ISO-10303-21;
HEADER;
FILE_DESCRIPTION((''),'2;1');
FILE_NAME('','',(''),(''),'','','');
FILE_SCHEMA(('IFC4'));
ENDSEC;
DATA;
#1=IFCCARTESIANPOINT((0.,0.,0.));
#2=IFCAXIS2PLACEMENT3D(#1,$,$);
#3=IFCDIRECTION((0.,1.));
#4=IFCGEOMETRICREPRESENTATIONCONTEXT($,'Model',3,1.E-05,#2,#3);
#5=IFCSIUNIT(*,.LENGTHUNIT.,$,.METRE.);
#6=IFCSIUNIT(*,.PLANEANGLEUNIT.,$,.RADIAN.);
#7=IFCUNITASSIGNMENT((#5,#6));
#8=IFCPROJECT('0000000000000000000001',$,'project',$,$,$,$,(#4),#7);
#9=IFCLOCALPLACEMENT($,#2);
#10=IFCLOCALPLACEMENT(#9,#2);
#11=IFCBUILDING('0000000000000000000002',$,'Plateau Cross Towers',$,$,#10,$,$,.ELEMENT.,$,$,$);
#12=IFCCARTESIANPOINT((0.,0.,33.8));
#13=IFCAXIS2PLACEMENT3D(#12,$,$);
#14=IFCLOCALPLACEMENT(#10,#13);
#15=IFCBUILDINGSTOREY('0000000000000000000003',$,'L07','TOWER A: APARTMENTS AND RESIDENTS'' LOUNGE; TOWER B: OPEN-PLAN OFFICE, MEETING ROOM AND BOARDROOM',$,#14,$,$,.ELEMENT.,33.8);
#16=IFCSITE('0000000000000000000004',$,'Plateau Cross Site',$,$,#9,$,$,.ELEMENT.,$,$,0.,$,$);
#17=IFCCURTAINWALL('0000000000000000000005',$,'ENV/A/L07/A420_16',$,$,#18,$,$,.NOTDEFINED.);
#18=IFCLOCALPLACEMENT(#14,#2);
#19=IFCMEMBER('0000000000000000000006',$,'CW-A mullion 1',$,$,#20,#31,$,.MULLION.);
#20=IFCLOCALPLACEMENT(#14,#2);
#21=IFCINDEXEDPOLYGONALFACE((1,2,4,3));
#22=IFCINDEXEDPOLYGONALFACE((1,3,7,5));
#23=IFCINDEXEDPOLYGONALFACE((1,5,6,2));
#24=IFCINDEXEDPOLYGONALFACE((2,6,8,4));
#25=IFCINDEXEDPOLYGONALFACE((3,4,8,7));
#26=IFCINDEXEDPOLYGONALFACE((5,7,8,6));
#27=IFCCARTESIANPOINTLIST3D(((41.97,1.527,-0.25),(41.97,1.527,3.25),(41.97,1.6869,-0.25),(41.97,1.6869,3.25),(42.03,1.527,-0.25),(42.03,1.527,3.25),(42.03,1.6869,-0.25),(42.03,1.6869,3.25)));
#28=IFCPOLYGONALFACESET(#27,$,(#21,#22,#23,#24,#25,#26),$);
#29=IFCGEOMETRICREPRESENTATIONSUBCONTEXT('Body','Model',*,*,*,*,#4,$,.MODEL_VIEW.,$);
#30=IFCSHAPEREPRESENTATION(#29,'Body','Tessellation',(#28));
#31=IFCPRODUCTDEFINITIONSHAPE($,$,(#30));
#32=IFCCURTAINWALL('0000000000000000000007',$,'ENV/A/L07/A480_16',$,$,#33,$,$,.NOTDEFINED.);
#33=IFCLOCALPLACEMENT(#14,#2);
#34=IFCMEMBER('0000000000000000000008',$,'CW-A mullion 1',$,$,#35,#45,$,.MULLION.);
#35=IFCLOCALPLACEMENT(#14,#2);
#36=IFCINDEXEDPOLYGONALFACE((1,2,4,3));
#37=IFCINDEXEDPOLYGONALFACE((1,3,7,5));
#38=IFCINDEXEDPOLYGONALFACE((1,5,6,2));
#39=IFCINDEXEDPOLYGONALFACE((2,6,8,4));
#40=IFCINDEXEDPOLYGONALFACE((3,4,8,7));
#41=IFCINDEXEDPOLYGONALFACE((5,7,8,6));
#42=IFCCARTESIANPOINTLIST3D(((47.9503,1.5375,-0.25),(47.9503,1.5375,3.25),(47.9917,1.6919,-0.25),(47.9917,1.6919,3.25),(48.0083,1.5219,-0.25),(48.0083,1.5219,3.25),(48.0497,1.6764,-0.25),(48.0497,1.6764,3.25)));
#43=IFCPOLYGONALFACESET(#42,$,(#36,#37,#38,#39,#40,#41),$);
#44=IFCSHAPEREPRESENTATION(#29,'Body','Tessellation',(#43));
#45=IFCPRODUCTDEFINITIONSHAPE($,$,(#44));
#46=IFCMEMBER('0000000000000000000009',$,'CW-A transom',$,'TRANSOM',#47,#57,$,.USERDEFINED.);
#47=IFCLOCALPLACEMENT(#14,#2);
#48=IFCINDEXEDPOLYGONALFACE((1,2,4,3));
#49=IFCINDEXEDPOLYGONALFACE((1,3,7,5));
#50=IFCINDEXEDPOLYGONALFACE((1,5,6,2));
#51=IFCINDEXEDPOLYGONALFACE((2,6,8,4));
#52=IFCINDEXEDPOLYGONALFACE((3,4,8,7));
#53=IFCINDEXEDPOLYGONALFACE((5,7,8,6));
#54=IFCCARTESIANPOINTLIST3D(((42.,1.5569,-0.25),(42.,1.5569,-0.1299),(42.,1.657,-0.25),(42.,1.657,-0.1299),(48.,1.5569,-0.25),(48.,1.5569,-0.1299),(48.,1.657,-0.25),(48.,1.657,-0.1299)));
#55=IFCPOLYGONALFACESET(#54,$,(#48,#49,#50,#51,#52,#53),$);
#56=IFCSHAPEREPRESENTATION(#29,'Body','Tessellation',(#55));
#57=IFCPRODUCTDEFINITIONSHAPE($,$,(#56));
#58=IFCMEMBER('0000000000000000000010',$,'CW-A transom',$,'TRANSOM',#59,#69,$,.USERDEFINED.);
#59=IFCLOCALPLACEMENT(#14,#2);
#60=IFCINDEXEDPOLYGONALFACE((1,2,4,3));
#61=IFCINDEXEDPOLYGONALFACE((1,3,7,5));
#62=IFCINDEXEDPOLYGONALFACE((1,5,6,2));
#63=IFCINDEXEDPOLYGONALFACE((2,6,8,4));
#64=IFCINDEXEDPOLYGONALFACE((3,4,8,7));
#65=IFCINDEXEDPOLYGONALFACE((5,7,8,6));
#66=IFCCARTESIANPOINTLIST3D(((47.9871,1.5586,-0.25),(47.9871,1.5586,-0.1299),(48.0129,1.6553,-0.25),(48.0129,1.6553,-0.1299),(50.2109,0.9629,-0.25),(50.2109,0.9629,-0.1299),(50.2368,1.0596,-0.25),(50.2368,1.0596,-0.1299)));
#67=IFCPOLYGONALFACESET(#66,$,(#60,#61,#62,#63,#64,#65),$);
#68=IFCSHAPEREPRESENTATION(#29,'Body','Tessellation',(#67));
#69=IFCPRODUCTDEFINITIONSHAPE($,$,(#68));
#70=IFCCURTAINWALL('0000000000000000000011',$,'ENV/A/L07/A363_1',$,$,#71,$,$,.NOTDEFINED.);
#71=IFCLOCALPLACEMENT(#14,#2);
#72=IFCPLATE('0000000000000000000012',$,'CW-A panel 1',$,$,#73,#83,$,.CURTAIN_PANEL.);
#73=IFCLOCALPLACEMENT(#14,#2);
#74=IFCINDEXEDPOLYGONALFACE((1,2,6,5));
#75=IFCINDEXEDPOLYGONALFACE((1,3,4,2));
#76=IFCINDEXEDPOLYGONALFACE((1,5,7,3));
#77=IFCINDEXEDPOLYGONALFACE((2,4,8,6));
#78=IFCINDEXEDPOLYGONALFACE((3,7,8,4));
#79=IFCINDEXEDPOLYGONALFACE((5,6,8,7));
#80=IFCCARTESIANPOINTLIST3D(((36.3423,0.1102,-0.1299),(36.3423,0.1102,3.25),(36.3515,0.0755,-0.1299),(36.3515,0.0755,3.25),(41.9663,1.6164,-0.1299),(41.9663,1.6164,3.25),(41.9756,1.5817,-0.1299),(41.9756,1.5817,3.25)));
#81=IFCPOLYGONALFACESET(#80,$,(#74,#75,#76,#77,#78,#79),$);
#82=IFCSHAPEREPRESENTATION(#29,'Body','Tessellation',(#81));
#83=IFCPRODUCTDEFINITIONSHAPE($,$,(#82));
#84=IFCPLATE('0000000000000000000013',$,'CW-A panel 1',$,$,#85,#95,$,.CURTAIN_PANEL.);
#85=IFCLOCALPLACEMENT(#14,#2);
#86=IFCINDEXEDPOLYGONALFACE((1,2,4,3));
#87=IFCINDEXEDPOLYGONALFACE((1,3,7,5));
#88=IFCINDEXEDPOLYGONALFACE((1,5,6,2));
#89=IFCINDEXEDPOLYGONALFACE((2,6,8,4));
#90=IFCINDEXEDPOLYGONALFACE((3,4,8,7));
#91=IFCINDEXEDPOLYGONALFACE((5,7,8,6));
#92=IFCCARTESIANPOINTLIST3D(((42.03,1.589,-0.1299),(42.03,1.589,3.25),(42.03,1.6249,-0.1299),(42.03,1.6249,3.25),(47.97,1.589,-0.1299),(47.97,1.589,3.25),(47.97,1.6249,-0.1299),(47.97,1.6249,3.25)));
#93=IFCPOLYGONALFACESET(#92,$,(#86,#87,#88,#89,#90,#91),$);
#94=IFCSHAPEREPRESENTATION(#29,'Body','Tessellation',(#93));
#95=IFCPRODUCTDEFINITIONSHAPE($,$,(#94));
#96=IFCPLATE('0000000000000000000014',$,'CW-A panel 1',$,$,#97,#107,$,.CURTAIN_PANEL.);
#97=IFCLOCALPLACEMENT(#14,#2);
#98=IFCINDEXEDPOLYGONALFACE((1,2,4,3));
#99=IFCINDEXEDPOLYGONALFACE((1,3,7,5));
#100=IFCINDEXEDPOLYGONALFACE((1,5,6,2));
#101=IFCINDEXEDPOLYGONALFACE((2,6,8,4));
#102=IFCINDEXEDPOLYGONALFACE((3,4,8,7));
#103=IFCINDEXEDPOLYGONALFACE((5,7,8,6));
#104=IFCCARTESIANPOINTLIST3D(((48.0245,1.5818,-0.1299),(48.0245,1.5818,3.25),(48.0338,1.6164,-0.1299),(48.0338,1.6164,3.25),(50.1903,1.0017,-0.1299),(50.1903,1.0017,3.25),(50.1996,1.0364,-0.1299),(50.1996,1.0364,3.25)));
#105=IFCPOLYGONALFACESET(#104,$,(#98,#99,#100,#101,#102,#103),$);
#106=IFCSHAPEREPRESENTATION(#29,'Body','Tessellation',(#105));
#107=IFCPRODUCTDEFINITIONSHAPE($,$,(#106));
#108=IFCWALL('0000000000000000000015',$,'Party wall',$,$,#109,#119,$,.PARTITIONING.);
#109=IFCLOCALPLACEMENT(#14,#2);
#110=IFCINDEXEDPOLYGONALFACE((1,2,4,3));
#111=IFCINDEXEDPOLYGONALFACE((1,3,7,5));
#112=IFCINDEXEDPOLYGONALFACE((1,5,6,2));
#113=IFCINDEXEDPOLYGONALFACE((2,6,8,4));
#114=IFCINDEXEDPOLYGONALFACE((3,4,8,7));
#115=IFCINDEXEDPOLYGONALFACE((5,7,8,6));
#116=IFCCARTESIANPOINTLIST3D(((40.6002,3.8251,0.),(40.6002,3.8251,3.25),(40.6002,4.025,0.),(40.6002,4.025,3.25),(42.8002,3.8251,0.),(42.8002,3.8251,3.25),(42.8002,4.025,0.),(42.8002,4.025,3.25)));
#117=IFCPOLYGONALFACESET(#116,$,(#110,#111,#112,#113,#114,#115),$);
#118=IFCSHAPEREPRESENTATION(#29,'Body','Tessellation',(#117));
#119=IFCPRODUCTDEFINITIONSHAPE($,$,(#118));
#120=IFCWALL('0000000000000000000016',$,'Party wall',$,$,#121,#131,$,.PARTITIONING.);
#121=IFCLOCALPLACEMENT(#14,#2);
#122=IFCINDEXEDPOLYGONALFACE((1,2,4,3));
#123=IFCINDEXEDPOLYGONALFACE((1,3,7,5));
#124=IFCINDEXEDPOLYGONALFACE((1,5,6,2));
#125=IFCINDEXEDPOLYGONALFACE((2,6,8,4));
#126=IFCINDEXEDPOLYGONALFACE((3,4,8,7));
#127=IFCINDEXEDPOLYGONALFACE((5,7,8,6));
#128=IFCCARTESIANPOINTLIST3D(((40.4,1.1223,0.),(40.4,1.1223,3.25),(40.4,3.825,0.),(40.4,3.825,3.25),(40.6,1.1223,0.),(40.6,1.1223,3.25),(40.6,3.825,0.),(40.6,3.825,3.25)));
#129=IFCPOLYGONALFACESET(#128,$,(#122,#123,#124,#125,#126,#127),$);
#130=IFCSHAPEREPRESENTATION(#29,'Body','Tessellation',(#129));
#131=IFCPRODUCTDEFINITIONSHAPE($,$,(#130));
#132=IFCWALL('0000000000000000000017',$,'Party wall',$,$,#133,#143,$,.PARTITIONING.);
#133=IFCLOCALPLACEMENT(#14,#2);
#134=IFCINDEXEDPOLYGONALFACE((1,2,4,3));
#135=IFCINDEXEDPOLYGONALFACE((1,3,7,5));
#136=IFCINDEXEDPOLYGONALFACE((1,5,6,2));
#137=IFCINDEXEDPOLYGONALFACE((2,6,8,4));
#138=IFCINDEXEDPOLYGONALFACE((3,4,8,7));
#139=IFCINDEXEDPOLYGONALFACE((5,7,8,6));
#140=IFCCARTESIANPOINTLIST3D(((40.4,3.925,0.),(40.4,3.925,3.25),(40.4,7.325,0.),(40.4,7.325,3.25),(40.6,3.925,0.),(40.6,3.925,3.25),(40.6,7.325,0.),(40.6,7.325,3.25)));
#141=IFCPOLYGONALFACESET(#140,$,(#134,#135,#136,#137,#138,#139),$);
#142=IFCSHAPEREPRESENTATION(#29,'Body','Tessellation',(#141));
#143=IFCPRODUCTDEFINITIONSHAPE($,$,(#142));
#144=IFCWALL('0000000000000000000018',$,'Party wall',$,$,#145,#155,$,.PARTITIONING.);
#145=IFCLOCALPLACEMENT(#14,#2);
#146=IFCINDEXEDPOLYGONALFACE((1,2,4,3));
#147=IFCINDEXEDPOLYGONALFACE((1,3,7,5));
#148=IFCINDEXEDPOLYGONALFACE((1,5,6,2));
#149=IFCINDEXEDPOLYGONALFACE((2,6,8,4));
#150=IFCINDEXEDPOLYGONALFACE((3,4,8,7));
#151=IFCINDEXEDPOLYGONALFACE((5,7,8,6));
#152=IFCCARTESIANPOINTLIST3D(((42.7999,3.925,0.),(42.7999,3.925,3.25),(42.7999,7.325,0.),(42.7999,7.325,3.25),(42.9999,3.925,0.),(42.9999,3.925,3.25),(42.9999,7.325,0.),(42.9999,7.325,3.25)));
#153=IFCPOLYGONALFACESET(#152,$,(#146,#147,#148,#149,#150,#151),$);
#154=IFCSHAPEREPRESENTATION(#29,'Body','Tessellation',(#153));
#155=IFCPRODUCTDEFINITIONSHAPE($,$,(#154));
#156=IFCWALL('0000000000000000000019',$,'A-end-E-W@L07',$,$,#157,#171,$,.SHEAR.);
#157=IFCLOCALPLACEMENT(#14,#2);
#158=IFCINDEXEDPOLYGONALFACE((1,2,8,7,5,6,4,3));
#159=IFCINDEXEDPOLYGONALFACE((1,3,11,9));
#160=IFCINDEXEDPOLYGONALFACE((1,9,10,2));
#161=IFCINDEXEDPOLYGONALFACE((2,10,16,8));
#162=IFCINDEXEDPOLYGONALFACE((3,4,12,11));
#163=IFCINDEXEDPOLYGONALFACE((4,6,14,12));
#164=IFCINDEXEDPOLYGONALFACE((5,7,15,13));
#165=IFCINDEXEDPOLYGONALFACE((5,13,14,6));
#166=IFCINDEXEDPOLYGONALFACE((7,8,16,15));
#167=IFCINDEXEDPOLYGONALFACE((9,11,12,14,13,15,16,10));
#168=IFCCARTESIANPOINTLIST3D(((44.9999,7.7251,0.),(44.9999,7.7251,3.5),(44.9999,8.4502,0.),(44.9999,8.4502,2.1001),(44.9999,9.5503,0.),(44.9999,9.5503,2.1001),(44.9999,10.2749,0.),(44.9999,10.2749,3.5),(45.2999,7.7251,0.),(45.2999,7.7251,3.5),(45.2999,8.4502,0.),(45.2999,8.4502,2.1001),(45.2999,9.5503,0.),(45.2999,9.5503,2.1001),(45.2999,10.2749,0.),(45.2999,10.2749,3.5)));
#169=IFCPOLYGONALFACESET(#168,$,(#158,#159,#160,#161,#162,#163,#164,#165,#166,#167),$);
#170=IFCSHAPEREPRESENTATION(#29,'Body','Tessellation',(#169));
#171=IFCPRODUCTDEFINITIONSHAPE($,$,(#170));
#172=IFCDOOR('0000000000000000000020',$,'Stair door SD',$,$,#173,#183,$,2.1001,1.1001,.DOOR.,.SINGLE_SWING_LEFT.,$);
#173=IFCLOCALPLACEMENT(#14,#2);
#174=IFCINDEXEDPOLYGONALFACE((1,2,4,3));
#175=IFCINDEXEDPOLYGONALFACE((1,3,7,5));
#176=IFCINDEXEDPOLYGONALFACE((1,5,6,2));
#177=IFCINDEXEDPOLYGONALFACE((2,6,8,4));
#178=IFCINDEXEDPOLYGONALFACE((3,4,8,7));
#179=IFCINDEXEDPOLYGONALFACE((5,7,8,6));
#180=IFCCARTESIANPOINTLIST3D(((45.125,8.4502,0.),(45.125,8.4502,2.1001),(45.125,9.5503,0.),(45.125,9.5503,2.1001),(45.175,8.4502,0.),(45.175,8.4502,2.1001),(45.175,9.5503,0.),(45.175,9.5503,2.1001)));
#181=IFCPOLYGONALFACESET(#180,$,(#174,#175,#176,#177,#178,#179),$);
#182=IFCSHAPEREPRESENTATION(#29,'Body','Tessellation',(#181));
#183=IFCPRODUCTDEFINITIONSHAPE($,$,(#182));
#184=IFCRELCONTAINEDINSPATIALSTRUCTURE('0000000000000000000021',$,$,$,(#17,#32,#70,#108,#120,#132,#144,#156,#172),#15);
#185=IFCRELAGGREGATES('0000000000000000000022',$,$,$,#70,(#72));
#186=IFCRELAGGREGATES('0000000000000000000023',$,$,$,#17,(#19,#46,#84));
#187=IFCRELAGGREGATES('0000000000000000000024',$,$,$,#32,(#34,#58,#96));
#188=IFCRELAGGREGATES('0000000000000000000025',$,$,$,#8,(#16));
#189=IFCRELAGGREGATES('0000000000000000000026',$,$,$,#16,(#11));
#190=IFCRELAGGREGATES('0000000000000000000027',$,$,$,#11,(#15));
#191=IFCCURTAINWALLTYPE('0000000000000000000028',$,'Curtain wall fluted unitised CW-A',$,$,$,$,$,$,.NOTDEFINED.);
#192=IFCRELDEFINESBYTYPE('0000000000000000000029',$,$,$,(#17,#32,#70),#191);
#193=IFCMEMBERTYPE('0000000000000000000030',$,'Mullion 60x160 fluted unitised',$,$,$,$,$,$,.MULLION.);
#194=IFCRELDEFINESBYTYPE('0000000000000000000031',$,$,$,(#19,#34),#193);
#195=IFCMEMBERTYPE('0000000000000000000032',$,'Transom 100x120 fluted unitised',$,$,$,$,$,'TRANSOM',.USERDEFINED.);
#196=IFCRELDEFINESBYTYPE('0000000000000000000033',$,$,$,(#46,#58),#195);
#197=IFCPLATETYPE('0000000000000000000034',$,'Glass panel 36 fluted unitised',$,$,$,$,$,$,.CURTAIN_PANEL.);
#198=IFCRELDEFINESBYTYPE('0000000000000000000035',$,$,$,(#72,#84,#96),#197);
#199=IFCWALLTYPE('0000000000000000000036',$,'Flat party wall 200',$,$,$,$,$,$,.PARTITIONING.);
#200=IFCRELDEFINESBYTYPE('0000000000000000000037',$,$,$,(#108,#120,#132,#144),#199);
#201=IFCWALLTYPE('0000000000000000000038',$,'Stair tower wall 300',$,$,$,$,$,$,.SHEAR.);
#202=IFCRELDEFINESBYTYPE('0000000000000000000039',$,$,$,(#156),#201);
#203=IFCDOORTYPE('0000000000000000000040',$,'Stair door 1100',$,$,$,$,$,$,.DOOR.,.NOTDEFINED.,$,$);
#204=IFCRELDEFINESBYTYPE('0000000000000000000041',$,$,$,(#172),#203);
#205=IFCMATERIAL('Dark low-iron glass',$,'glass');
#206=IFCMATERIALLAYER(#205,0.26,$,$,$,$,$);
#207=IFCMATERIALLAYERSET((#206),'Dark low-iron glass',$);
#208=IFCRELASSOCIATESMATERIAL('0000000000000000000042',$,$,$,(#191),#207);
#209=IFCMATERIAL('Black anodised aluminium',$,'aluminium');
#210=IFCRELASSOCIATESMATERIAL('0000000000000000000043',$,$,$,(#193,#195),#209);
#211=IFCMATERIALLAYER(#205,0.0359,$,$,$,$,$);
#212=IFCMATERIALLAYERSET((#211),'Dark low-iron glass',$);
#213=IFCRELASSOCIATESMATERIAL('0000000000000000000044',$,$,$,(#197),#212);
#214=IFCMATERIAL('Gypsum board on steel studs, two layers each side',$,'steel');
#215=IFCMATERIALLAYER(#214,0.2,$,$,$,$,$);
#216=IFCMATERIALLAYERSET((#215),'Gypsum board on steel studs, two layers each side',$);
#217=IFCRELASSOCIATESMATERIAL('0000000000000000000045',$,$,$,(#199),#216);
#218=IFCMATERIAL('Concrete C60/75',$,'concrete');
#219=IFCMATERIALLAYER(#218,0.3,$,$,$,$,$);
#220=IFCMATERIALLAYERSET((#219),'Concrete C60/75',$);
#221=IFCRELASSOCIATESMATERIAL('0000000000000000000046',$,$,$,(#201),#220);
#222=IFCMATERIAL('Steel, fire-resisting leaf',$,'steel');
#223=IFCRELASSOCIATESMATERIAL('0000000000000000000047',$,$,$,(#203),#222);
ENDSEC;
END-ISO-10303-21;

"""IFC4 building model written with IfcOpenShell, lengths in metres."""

from ifc_helpers import new_model, si_unit, direction, frame, frame_2d, origin, origin_2d, place, context, subcontext, project, spatial, rectangle, extrude, material, layer, layer_set, material_profile, profile_set, type_object, element, fill, aggregate, save


model = new_model("IFC4")

# Units and contexts
model_context = context("Model", 3, precision=1e-05, world=origin(), true_north=direction((0.0, 1.0)))
body_context = subcontext(model_context, "Body", "Model", "MODEL_VIEW")
ifc_project = project(units=[si_unit("LENGTHUNIT", "METRE"), si_unit("PLANEANGLEUNIT", "RADIAN")], contexts=[model_context])

# Site, building, storey
site_placement = place(None, origin())
site = spatial("IfcSite", under=ifc_project, at=site_placement, Name="Plateau Cross Site", CompositionType="ELEMENT", RefElevation=0.0)
building_placement = place(site_placement, origin())
building = spatial("IfcBuilding", under=site, at=building_placement, Name="Plateau Cross Towers", CompositionType="ELEMENT")
storey_placement = place(building_placement, frame((0.0, 0.0, 33.8)))
storey = spatial("IfcBuildingStorey", under=building, at=storey_placement, Name="L07", Description="TOWER A: APARTMENTS AND RESIDENTS' LOUNGE; TOWER B: OPEN-PLAN OFFICE, MEETING ROOM AND BOARDROOM", CompositionType="ELEMENT", Elevation=33.8)

# Curtain walls, members
ifc_material_1 = material(Name="Dark low-iron glass", Category="glass")
ifc_layer_1 = layer(ifc_material_1, 0.26)
ifc_layer_set_1 = layer_set([ifc_layer_1], Name="Dark low-iron glass")
curtain_wall_type = type_object("IfcCurtainWallType", Name="Curtain wall fluted unitised CW-A", PredefinedType="NOTDEFINED", material=ifc_layer_set_1)
curtain_wall_1_placement = place(storey_placement, origin())
curtain_wall_1 = element("IfcCurtainWall", 1, at=curtain_wall_1_placement, inside=storey, type_object=curtain_wall_type, Name="ENV/A/L07/A420_16", PredefinedType="NOTDEFINED")
ifc_material_2 = material(Name="Black anodised aluminium", Category="aluminium")
ifc_material_profile_1 = material_profile(ifc_material_2, rectangle(XDim=0.0601, YDim=0.1599, at=origin_2d()), Name="MULLION 60x160")
ifc_profile_set_1 = profile_set([ifc_material_profile_1], Name="Black anodised aluminium")
member_type_1 = type_object("IfcMemberType", Name="Mullion 60x160 fluted unitised", PredefinedType="MULLION", material=ifc_profile_set_1)
member_1_placement = place(storey_placement, frame((42.0, 1.6069, -0.25), z_axis=(0.0, 0.0, 1.0), x_axis=(1.0, 0.0, 0.0)))
member_1 = element("IfcMember", 2, at=member_1_placement, type_object=member_type_1, Name="CW-A mullion 1", PredefinedType="MULLION", context=body_context, shape_type="SweptSolid", body=[
    extrude(rectangle(XDim=0.0601, YDim=0.1599, at=origin_2d()), origin(), (0.0, 0.0, 1.0), 3.5),
])
curtain_wall_2_placement = place(storey_placement, origin())
curtain_wall_2 = element("IfcCurtainWall", 3, at=curtain_wall_2_placement, inside=storey, type_object=curtain_wall_type, Name="ENV/A/L07/A480_16", PredefinedType="NOTDEFINED")
member_2_placement = place(storey_placement, frame((48.0, 1.6069, -0.25), z_axis=(0.0, 0.0, 1.0), x_axis=(0.965958, -0.258699, 0.0)))
member_2 = element("IfcMember", 4, at=member_2_placement, type_object=member_type_1, Name="CW-A mullion 1", PredefinedType="MULLION", context=body_context, shape_type="SweptSolid", body=[
    extrude(rectangle(XDim=0.0601, YDim=0.1599, at=origin_2d()), origin(), (0.0, 0.0, 1.0), 3.5),
])

# Members
ifc_material_profile_2 = material_profile(ifc_material_2, rectangle(XDim=0.1001, YDim=0.1201, at=origin_2d()), Name="TRANSOM 100x120")
ifc_profile_set_2 = profile_set([ifc_material_profile_2], Name="Black anodised aluminium")
member_type_2 = type_object("IfcMemberType", Name="Transom 100x120 fluted unitised", ElementType="TRANSOM", PredefinedType="USERDEFINED", material=ifc_profile_set_2)
member_3_placement = place(storey_placement, frame((42.0, 1.6069, -0.1899), z_axis=(1.0, 0.0, 0.0), x_axis=(0.0, 1.0, 0.0)))
member_3 = element("IfcMember", 5, at=member_3_placement, type_object=member_type_2, Name="CW-A transom", ObjectType="TRANSOM", PredefinedType="USERDEFINED", context=body_context, shape_type="SweptSolid", body=[
    extrude(rectangle(XDim=0.1001, YDim=0.1201, at=origin_2d()), origin(), (0.0, 0.0, 1.0), 6.0),
])
member_4_placement = place(storey_placement, frame((48.0, 1.6069, -0.1899), z_axis=(0.965946, -0.258745, 0.0), x_axis=(0.258745, 0.965946, 0.0)))
member_4 = element("IfcMember", 6, at=member_4_placement, type_object=member_type_2, Name="CW-A transom", ObjectType="TRANSOM", PredefinedType="USERDEFINED", context=body_context, shape_type="SweptSolid", body=[
    extrude(rectangle(XDim=0.1001, YDim=0.1201, at=origin_2d()), origin(), (0.0, 0.0, 1.0), 2.3022),
])

# Curtain wall, plate
curtain_wall_3_placement = place(storey_placement, origin())
curtain_wall_3 = element("IfcCurtainWall", 7, at=curtain_wall_3_placement, inside=storey, type_object=curtain_wall_type, Name="ENV/A/L07/A363_1", PredefinedType="NOTDEFINED")
ifc_layer_2 = layer(ifc_material_1, 0.0359)
ifc_layer_set_2 = layer_set([ifc_layer_2], Name="Dark low-iron glass")
plate_type = type_object("IfcPlateType", Name="Glass panel 36 fluted unitised", PredefinedType="CURTAIN_PANEL", material=ifc_layer_set_2)
plate_1_placement = place(storey_placement, frame((39.1589, 0.8459, -0.1299), z_axis=(0.0, 0.0, 1.0), x_axis=(0.965958, 0.258699, 0.0)))
plate_1 = element("IfcPlate", 8, at=plate_1_placement, type_object=plate_type, Name="CW-A panel 1", PredefinedType="CURTAIN_PANEL", context=body_context, shape_type="SweptSolid", body=[
    extrude(rectangle(XDim=5.8223, YDim=0.0359, at=origin_2d()), origin(), (0.0, 0.0, 1.0), 3.3799),
])
aggregate(curtain_wall_3, [plate_1])

# Plates
plate_2_placement = place(storey_placement, frame((45.0, 1.6069, -0.1299), z_axis=(0.0, 0.0, 1.0), x_axis=(1.0, 0.0, 0.0)))
plate_2 = element("IfcPlate", 9, at=plate_2_placement, type_object=plate_type, Name="CW-A panel 1", PredefinedType="CURTAIN_PANEL", context=body_context, shape_type="SweptSolid", body=[
    extrude(rectangle(XDim=5.9399, YDim=0.0359, at=origin_2d()), origin(), (0.0, 0.0, 1.0), 3.3799),
])
aggregate(curtain_wall_1, [member_1, member_3, plate_2])
plate_3_placement = place(storey_placement, frame((49.1121, 1.3091, -0.1299), z_axis=(0.0, 0.0, 1.0), x_axis=(0.965958, -0.258699, 0.0)))
plate_3 = element("IfcPlate", 10, at=plate_3_placement, type_object=plate_type, Name="CW-A panel 1", PredefinedType="CURTAIN_PANEL", context=body_context, shape_type="SweptSolid", body=[
    extrude(rectangle(XDim=2.2422, YDim=0.0359, at=origin_2d()), origin(), (0.0, 0.0, 1.0), 3.3799),
])
aggregate(curtain_wall_2, [member_2, member_4, plate_3])

# Walls
ifc_material_3 = material(Name="Gypsum board on steel studs, two layers each side", Category="steel")
ifc_layer_3 = layer(ifc_material_3, 0.2)
ifc_layer_set_3 = layer_set([ifc_layer_3], Name="Gypsum board on steel studs, two layers each side")
wall_type_1 = type_object("IfcWallType", Name="Flat party wall 200", PredefinedType="PARTITIONING", material=ifc_layer_set_3)
wall_1_placement = place(storey_placement, frame((40.6001, 3.925, 0.0), z_axis=(0.0, 0.0, 1.0), x_axis=(1.0, 0.0, 0.0)))
element("IfcWall", 11, at=wall_1_placement, inside=storey, type_object=wall_type_1, Name="Party wall", PredefinedType="PARTITIONING", context=body_context, shape_type="SweptSolid", body=[
    extrude(rectangle(XDim=2.2, YDim=0.2, at=frame_2d((1.1001, 0.0))), origin(), (0.0, 0.0, 1.0), 3.25),
])
wall_2_placement = place(storey_placement, frame((40.5, 3.825, 0.0), z_axis=(0.0, 0.0, 1.0), x_axis=(0.0, -1.0, 0.0)))
element("IfcWall", 12, at=wall_2_placement, inside=storey, type_object=wall_type_1, Name="Party wall", PredefinedType="PARTITIONING", context=body_context, shape_type="SweptSolid", body=[
    extrude(rectangle(XDim=2.7026, YDim=0.2, at=frame_2d((1.3513, 0.0))), origin(), (0.0, 0.0, 1.0), 3.25),
])
for number, where, z_axis, x_axis, name in (
    (13, (40.5, 3.925, 0.0), (0.0, 0.0, 1.0), (0.0, 1.0, 0.0), "Party wall"),
    (14, (42.8999, 3.925, 0.0), (0.0, 0.0, 1.0), (0.0, 1.0, 0.0), "Party wall"),
):
    element("IfcWall", number, at=place(storey_placement, frame(where, z_axis=z_axis, x_axis=x_axis)), inside=storey, type_object=wall_type_1, Name=name, PredefinedType="PARTITIONING", context=body_context, shape_type="SweptSolid", body=[
        extrude(rectangle(XDim=3.3999, YDim=0.2, at=frame_2d((1.7, 0.0))), origin(), (0.0, 0.0, 1.0), 3.25),
    ])

# Wall, opening, door
ifc_material_4 = material(Name="Concrete C60/75", Category="concrete")
ifc_layer_4 = layer(ifc_material_4, 0.3)
ifc_layer_set_4 = layer_set([ifc_layer_4], Name="Concrete C60/75")
wall_type_2 = type_object("IfcWallType", Name="Stair tower wall 300", PredefinedType="SHEAR", material=ifc_layer_set_4)
wall_3_placement = place(storey_placement, frame((45.1499, 7.7251, 0.0), z_axis=(0.0, 0.0, 1.0), x_axis=(0.0, 1.0, 0.0)))
wall_3 = element("IfcWall", 15, at=wall_3_placement, inside=storey, type_object=wall_type_2, Name="A-end-E-W@L07", PredefinedType="SHEAR", context=body_context, shape_type="SweptSolid", body=[
    extrude(rectangle(XDim=2.5498, YDim=0.3, at=frame_2d((1.2749, 0.0))), origin(), (0.0, 0.0, 1.0), 3.5),
])
opening_placement = place(wall_3_placement, frame((0.7251, 0.0, 0.0)))
opening = element("IfcOpeningElement", 16, at=opening_placement, cuts=wall_3, PredefinedType="OPENING", context=body_context, shape_type="SweptSolid", body=[
    extrude(rectangle(XDim=1.1001, YDim=2.1001, at=frame_2d((0.55, 1.05))), frame((0.0, 0.1599, 0.0), z_axis=(0.0, -1.0, 0.0), x_axis=(1.0, 0.0, 0.0)), (0.0, 0.0, 1.0), 0.3201),
])
ifc_material_5 = material(Name="Steel, fire-resisting leaf", Category="steel")
door_type = type_object("IfcDoorType", Name="Stair door 1100", OperationType="NOTDEFINED", PredefinedType="DOOR", material=ifc_material_5)
door_placement = place(opening_placement, origin())
door = element("IfcDoor", 17, at=door_placement, inside=storey, type_object=door_type, Name="Stair door SD", OperationType="SINGLE_SWING_LEFT", OverallHeight=2.1001, OverallWidth=1.1001, PredefinedType="DOOR", context=body_context, shape_type="SweptSolid", body=[
    extrude(rectangle(XDim=1.1001, YDim=2.1001, at=frame_2d((0.55, 1.05))), frame((0.0, 0.0249, 0.0), z_axis=(0.0, -1.0, 0.0), x_axis=(1.0, 0.0, 0.0)), (0.0, 0.0, 1.0), 0.05),
])
fill(opening, door)

save(model, "model.ifc")
